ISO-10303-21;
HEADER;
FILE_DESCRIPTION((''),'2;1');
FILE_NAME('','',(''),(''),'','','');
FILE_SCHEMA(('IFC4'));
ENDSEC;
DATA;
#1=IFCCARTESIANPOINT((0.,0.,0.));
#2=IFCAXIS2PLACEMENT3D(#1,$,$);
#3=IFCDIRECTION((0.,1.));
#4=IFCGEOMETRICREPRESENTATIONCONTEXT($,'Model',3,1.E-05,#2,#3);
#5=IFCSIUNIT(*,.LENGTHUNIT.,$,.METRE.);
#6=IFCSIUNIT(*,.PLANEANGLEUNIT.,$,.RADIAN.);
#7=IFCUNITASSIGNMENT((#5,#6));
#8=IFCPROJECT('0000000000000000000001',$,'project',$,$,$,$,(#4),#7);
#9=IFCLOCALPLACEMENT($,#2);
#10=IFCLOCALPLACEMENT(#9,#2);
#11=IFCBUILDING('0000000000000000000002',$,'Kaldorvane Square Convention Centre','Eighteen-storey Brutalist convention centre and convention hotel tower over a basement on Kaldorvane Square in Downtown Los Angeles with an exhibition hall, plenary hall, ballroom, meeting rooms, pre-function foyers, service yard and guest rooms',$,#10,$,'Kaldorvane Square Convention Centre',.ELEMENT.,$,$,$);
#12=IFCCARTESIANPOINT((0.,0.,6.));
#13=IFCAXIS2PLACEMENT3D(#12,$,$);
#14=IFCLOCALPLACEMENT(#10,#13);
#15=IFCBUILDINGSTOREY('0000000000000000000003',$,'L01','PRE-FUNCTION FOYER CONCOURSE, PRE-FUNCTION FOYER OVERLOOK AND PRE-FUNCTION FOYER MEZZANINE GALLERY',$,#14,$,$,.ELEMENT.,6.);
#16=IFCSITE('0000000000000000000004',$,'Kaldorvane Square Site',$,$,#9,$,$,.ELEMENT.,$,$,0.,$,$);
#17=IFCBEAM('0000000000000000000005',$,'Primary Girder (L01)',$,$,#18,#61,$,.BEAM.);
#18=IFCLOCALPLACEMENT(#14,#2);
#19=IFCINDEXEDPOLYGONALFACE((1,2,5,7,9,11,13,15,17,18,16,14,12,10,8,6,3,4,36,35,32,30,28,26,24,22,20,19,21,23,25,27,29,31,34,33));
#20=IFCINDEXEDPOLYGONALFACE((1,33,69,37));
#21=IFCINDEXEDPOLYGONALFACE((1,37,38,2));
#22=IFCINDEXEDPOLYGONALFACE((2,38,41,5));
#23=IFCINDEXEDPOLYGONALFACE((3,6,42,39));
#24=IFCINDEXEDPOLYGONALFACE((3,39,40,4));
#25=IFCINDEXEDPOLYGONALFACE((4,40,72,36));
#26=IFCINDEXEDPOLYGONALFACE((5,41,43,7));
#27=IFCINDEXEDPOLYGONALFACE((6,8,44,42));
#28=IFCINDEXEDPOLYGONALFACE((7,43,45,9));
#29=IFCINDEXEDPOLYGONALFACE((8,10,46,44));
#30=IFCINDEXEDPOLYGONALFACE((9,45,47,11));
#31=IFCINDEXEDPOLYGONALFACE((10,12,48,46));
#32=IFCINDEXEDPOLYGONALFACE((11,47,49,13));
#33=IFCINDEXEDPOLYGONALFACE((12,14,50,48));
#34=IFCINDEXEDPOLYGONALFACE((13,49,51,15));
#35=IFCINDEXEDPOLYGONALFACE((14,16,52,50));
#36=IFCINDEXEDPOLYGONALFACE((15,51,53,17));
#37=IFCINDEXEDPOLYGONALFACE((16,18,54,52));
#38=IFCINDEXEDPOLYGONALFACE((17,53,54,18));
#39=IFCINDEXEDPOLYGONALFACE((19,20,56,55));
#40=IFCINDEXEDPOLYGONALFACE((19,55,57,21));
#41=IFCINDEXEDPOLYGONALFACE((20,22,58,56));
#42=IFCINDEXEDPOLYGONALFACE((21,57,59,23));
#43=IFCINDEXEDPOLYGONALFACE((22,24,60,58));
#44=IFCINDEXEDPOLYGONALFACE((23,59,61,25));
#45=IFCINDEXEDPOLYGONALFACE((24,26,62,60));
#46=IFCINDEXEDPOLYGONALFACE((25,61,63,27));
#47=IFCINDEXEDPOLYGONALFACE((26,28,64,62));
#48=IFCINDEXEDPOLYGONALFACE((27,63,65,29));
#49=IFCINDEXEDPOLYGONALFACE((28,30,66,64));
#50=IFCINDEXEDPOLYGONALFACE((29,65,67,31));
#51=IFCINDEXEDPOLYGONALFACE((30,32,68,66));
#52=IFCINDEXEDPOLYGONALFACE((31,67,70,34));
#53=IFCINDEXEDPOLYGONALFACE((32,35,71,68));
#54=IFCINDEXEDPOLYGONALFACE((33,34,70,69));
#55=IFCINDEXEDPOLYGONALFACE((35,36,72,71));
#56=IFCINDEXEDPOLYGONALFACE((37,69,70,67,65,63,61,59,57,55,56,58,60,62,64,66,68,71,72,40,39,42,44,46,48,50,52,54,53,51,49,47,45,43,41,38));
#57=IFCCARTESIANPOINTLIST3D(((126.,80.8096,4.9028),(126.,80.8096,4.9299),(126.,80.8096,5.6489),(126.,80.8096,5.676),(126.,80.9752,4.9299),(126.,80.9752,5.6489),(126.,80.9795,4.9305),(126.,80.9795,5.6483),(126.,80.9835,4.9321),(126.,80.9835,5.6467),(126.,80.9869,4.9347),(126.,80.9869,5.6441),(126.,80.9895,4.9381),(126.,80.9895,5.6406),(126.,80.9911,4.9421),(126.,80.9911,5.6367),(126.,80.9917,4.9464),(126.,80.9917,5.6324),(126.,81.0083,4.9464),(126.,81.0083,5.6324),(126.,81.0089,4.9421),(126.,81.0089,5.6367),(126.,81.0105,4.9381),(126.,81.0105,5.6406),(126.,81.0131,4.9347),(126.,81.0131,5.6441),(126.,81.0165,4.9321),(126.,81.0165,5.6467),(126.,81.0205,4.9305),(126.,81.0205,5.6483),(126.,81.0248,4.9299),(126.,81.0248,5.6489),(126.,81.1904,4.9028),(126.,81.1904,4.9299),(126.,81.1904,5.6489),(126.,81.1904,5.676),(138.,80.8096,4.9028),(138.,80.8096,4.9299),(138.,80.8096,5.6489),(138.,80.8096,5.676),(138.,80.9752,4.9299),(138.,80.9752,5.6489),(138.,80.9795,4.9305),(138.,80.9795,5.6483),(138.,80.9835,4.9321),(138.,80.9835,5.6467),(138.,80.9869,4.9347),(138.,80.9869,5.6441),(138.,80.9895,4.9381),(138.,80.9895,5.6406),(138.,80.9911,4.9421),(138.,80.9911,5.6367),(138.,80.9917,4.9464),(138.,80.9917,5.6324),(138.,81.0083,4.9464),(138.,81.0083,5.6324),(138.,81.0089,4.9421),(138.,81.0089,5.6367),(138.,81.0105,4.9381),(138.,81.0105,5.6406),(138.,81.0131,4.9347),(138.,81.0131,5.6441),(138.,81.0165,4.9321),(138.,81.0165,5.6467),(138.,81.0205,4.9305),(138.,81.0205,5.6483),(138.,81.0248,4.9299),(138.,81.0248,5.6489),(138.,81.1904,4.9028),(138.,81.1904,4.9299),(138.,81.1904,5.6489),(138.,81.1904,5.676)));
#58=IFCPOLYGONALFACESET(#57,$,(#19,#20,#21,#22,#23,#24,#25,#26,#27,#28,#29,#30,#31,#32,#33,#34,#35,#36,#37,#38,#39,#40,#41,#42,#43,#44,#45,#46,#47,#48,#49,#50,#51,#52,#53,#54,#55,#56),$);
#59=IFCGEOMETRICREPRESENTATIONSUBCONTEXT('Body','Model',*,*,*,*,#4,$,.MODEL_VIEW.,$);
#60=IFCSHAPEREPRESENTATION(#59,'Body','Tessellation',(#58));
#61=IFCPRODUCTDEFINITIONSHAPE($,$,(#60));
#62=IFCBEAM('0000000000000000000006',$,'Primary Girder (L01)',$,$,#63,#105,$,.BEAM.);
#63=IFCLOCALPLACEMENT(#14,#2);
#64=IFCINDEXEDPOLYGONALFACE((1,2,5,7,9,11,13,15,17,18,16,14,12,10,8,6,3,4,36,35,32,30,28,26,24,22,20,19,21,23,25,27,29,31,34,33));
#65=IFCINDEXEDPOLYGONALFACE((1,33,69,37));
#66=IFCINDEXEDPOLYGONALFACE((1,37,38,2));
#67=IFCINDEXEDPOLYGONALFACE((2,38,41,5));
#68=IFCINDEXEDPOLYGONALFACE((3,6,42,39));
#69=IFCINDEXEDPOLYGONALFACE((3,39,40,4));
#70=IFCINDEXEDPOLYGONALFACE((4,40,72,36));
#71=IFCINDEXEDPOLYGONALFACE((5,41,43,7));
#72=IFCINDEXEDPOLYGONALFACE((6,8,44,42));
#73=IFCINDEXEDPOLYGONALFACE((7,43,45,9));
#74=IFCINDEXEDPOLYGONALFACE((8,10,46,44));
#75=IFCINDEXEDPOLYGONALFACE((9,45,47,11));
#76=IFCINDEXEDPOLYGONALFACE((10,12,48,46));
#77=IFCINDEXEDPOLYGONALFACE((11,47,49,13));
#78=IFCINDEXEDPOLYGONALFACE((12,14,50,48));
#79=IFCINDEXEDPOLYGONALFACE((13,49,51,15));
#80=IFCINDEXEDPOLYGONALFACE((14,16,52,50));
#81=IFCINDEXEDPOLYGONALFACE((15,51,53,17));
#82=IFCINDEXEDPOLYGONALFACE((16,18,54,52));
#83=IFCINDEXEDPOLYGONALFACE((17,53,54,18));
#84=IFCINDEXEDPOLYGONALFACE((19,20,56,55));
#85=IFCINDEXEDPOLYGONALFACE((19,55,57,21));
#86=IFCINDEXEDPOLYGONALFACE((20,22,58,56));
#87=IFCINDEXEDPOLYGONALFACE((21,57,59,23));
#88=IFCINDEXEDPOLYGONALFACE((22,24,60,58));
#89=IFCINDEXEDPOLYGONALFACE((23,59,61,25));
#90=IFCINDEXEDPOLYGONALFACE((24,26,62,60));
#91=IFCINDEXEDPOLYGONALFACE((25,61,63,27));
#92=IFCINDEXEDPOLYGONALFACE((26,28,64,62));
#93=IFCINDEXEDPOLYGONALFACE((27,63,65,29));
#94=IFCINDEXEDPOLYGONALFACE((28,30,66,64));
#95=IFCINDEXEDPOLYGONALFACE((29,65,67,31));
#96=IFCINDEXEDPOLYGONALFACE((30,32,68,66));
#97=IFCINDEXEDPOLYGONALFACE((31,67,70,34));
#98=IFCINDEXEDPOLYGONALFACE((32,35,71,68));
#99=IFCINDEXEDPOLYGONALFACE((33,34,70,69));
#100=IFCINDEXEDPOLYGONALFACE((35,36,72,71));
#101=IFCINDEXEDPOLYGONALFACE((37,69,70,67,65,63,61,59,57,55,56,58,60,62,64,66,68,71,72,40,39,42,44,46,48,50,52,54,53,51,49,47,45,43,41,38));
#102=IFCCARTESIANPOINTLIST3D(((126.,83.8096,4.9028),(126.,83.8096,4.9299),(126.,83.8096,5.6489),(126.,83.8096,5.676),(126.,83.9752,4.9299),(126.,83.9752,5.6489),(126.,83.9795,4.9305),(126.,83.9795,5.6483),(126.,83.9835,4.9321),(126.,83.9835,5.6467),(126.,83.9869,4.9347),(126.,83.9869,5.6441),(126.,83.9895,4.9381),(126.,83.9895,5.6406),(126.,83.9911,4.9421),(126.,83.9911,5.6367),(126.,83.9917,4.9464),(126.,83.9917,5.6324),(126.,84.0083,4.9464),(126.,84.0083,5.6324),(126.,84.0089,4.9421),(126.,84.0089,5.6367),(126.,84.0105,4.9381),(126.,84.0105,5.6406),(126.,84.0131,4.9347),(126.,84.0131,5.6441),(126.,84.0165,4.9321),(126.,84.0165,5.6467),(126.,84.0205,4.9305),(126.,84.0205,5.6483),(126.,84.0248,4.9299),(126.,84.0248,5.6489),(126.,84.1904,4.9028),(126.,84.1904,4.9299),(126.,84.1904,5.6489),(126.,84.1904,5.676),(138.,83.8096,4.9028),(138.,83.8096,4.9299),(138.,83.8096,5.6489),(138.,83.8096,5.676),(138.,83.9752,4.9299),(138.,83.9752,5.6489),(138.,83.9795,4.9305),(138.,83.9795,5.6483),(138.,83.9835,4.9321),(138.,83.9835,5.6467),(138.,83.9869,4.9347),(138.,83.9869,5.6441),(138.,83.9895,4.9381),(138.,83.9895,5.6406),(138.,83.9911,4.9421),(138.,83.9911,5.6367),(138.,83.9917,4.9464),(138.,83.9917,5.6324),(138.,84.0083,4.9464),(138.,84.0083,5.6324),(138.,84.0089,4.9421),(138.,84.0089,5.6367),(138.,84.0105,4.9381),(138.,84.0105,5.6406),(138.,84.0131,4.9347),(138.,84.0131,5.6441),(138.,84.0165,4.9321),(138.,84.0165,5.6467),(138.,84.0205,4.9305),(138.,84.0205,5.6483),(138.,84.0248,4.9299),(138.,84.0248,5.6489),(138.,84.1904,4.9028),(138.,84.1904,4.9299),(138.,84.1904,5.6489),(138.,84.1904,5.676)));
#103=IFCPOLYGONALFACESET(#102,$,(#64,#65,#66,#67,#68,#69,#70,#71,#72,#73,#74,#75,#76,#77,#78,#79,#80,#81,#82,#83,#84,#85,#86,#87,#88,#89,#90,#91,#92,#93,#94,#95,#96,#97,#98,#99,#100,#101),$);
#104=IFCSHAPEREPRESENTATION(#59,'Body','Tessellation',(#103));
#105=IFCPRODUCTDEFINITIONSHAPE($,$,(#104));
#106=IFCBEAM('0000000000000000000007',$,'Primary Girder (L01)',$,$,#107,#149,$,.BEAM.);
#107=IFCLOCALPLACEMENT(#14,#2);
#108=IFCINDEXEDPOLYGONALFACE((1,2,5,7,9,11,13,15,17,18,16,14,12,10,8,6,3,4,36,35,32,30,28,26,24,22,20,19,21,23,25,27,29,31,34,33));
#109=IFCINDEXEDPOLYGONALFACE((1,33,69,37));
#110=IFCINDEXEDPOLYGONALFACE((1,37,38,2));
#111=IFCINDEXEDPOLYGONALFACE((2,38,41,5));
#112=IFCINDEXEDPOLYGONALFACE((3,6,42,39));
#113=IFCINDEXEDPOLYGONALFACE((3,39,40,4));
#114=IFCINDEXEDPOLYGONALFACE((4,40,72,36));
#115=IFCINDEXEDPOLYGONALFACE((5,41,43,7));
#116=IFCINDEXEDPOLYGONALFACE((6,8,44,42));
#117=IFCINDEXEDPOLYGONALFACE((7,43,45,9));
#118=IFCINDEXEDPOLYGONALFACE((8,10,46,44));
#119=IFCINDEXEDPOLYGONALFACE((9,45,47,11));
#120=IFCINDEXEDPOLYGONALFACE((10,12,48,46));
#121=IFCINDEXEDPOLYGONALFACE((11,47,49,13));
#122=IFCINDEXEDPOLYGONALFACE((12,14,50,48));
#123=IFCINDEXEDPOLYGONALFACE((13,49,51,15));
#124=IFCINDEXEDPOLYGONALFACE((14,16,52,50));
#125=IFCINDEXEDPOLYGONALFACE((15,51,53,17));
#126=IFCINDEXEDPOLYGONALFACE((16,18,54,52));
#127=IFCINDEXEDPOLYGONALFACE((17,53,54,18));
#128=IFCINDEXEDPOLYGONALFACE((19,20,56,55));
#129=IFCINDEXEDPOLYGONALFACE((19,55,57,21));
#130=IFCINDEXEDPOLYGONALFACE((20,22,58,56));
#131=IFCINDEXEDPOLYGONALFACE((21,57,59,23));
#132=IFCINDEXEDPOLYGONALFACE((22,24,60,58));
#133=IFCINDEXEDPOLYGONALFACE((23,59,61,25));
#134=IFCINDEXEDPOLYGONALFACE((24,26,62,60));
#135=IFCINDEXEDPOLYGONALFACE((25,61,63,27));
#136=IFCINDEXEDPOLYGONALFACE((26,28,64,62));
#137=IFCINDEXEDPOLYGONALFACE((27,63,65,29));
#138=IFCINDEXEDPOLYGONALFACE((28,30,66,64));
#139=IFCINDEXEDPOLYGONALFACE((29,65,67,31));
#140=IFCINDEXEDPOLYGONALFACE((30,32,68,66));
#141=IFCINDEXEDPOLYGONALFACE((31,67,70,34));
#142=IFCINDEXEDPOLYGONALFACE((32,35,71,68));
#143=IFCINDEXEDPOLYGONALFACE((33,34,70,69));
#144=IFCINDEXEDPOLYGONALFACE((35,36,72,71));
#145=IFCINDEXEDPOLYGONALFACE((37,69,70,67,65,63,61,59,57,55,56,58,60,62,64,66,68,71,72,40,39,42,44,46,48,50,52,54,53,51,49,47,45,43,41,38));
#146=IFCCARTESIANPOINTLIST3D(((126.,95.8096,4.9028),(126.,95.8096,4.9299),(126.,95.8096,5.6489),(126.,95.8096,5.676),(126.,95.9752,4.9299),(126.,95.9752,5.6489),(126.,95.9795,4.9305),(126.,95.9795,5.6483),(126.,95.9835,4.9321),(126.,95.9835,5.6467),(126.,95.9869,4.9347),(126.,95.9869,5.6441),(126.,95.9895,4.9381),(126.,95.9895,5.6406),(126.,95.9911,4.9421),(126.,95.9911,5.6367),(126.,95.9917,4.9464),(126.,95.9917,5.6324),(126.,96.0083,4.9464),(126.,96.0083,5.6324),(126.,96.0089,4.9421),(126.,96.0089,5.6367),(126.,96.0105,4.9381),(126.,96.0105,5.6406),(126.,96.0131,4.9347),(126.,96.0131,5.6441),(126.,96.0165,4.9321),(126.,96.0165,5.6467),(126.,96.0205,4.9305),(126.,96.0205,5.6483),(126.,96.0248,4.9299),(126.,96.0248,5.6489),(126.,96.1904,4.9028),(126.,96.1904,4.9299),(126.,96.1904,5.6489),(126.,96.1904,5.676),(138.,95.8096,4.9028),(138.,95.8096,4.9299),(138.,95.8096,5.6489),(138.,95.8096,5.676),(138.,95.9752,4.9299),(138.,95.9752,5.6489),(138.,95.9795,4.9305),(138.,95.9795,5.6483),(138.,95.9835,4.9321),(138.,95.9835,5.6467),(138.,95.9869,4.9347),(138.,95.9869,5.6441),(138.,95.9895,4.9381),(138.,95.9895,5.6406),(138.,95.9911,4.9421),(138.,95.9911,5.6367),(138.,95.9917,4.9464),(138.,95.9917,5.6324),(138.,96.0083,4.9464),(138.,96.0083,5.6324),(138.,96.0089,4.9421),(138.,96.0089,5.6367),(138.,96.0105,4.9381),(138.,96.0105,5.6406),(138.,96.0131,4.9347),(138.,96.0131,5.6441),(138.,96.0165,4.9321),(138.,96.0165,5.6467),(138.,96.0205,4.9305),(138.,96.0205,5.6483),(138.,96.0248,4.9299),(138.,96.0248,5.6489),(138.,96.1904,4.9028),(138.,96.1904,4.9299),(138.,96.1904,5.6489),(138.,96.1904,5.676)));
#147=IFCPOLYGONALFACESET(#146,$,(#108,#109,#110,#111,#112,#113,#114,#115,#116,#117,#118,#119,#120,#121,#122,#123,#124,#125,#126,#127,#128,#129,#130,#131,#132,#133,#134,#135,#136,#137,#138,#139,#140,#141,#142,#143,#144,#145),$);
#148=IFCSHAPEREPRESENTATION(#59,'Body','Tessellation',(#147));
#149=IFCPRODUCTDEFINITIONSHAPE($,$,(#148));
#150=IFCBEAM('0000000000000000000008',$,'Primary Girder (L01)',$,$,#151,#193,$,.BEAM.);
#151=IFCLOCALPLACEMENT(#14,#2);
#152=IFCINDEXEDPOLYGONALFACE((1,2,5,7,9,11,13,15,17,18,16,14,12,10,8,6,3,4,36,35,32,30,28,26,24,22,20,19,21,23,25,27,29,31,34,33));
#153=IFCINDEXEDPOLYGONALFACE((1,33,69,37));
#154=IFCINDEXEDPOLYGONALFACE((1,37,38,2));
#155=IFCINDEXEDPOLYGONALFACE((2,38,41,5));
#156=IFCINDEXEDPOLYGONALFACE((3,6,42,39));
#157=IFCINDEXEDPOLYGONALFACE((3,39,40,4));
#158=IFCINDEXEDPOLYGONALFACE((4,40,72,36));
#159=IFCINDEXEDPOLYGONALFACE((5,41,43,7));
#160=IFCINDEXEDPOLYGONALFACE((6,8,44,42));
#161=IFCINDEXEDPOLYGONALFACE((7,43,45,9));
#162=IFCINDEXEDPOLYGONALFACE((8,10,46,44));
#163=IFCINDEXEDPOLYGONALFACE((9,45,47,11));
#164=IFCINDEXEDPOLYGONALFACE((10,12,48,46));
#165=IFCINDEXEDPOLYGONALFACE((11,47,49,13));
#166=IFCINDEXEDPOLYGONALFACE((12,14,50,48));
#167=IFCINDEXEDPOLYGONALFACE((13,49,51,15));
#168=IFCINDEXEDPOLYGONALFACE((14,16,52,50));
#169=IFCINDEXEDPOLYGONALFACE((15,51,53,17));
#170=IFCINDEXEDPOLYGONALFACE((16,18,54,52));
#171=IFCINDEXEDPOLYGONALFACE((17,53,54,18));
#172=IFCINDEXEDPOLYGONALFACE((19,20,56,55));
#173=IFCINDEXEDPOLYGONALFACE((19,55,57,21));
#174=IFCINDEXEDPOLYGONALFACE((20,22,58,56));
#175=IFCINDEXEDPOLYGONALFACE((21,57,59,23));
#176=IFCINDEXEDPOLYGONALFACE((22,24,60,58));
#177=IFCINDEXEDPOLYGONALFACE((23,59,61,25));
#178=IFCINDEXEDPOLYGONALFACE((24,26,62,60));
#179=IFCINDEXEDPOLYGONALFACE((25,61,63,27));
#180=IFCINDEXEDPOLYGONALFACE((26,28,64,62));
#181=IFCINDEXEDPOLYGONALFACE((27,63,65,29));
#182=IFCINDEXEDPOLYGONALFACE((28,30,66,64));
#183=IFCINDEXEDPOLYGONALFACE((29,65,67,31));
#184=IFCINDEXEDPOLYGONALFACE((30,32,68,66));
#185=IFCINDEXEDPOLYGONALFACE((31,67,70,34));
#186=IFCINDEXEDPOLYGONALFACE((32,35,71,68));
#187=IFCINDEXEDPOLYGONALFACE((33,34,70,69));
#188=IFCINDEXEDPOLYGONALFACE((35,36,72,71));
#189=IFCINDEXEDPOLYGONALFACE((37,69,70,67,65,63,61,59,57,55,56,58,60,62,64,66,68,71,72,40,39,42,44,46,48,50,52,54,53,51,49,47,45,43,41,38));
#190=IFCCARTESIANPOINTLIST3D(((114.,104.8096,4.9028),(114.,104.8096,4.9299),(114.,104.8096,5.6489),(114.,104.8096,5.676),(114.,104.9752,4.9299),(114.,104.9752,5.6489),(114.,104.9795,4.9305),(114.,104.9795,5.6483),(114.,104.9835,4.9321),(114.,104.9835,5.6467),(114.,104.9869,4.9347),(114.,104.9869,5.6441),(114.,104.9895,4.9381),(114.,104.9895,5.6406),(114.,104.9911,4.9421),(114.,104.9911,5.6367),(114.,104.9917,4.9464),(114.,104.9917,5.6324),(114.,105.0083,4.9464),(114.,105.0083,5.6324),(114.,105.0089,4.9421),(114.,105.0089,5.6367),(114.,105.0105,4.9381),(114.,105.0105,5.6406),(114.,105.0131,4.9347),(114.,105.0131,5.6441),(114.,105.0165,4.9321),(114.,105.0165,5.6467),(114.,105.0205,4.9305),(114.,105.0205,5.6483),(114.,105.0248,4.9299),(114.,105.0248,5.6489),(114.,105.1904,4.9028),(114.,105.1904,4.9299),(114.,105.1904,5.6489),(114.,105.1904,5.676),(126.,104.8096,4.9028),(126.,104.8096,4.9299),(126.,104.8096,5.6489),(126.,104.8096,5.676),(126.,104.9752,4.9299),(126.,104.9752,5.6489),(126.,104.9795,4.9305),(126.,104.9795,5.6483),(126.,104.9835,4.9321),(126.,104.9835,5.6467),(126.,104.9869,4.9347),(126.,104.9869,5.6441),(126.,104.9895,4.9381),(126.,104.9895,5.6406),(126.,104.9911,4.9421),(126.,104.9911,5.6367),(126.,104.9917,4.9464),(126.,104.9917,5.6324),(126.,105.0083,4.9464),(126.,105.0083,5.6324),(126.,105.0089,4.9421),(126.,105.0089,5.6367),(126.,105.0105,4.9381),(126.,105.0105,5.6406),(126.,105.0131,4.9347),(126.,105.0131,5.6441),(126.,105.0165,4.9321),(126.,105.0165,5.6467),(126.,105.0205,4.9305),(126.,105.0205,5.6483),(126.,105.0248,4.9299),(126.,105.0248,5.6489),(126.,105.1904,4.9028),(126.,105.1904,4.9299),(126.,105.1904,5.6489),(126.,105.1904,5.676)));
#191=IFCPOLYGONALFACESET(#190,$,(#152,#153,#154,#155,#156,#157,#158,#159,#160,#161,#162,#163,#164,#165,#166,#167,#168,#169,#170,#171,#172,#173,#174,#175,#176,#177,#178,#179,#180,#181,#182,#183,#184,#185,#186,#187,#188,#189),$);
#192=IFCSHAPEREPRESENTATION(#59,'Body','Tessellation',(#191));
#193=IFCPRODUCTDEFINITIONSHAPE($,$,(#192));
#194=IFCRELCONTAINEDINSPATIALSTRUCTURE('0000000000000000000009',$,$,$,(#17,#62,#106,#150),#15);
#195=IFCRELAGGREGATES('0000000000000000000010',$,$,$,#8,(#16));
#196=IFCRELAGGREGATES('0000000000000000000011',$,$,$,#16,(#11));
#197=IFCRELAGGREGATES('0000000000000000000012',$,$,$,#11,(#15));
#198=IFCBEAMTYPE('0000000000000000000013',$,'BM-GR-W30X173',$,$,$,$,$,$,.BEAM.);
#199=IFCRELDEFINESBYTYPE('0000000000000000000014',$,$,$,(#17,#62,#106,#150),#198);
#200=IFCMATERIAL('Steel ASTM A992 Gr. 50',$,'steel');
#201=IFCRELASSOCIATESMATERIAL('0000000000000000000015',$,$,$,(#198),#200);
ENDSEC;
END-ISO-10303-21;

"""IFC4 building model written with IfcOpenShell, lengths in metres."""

from ifc_helpers import new_model, si_unit, direction, frame, origin, origin_2d, place, context, subcontext, project, spatial, i_section, extrude, material, material_profile, profile_set, type_object, element, save


model = new_model("IFC4")

# Units and contexts
model_context = context("Model", 3, precision=1e-05, world=origin(), true_north=direction((0.0, 1.0)))
body_context = subcontext(model_context, "Body", "Model", "MODEL_VIEW")
ifc_project = project(units=[si_unit("LENGTHUNIT", "METRE"), si_unit("PLANEANGLEUNIT", "RADIAN")], contexts=[model_context])

# Site, building, storey
site_placement = place(None, origin())
site = spatial("IfcSite", under=ifc_project, at=site_placement, Name="Kaldorvane Square Site", CompositionType="ELEMENT", RefElevation=0.0)
building_placement = place(site_placement, origin())
building = spatial("IfcBuilding", under=site, at=building_placement, Name="Kaldorvane Square Convention Centre", Description="Eighteen-storey Brutalist convention centre and convention hotel tower over a basement on Kaldorvane Square in Downtown Los Angeles with an exhibition hall, plenary hall, ballroom, meeting rooms, pre-function foyers, service yard and guest rooms", LongName="Kaldorvane Square Convention Centre", CompositionType="ELEMENT")
storey_placement = place(building_placement, frame((0.0, 0.0, 6.0)))
storey = spatial("IfcBuildingStorey", under=building, at=storey_placement, Name="L01", Description="PRE-FUNCTION FOYER CONCOURSE, PRE-FUNCTION FOYER OVERLOOK AND PRE-FUNCTION FOYER MEZZANINE GALLERY", CompositionType="ELEMENT", Elevation=6.0)

# Shared definitions
ifc_material_1 = material(Name="Steel ASTM A992 Gr. 50", Category="steel")

# Beams
ifc_material_profile_1 = material_profile(ifc_material_1, i_section(OverallWidth=0.3807, OverallDepth=0.7732, WebThickness=0.0166, FlangeThickness=0.0271, FilletRadius=0.0165, at=origin_2d()), Name="W30X173")
ifc_profile_set_1 = profile_set([ifc_material_profile_1], Name="Steel ASTM A992 Gr. 50")
beam_type_1 = type_object("IfcBeamType", Name="BM-GR-W30X173", PredefinedType="BEAM", material=ifc_profile_set_1)
for number, where, z_axis, x_axis, name in (
    (1, (126.0, 81.0, 5.2894), (1.0, 0.0, 0.0), (0.0, 1.0, 0.0), "Primary Girder (L01)"),
    (2, (126.0, 84.0, 5.2894), (1.0, 0.0, 0.0), (0.0, 1.0, 0.0), "Primary Girder (L01)"),
    (3, (126.0, 96.0, 5.2894), (1.0, 0.0, 0.0), (0.0, 1.0, 0.0), "Primary Girder (L01)"),
    (4, (114.0, 105.0, 5.2894), (1.0, 0.0, 0.0), (0.0, 1.0, 0.0), "Primary Girder (L01)"),
):
    element("IfcBeam", number, at=place(storey_placement, frame(where, z_axis=z_axis, x_axis=x_axis)), inside=storey, type_object=beam_type_1, Name=name, PredefinedType="BEAM", context=body_context, shape_type="SweptSolid", body=[
        extrude(i_section(OverallWidth=0.3807, OverallDepth=0.7732, WebThickness=0.0166, FlangeThickness=0.0271, FilletRadius=0.0165, at=origin_2d()), origin(), (0.0, 0.0, 1.0), 12.0),
    ])

save(model, "model.ifc")
